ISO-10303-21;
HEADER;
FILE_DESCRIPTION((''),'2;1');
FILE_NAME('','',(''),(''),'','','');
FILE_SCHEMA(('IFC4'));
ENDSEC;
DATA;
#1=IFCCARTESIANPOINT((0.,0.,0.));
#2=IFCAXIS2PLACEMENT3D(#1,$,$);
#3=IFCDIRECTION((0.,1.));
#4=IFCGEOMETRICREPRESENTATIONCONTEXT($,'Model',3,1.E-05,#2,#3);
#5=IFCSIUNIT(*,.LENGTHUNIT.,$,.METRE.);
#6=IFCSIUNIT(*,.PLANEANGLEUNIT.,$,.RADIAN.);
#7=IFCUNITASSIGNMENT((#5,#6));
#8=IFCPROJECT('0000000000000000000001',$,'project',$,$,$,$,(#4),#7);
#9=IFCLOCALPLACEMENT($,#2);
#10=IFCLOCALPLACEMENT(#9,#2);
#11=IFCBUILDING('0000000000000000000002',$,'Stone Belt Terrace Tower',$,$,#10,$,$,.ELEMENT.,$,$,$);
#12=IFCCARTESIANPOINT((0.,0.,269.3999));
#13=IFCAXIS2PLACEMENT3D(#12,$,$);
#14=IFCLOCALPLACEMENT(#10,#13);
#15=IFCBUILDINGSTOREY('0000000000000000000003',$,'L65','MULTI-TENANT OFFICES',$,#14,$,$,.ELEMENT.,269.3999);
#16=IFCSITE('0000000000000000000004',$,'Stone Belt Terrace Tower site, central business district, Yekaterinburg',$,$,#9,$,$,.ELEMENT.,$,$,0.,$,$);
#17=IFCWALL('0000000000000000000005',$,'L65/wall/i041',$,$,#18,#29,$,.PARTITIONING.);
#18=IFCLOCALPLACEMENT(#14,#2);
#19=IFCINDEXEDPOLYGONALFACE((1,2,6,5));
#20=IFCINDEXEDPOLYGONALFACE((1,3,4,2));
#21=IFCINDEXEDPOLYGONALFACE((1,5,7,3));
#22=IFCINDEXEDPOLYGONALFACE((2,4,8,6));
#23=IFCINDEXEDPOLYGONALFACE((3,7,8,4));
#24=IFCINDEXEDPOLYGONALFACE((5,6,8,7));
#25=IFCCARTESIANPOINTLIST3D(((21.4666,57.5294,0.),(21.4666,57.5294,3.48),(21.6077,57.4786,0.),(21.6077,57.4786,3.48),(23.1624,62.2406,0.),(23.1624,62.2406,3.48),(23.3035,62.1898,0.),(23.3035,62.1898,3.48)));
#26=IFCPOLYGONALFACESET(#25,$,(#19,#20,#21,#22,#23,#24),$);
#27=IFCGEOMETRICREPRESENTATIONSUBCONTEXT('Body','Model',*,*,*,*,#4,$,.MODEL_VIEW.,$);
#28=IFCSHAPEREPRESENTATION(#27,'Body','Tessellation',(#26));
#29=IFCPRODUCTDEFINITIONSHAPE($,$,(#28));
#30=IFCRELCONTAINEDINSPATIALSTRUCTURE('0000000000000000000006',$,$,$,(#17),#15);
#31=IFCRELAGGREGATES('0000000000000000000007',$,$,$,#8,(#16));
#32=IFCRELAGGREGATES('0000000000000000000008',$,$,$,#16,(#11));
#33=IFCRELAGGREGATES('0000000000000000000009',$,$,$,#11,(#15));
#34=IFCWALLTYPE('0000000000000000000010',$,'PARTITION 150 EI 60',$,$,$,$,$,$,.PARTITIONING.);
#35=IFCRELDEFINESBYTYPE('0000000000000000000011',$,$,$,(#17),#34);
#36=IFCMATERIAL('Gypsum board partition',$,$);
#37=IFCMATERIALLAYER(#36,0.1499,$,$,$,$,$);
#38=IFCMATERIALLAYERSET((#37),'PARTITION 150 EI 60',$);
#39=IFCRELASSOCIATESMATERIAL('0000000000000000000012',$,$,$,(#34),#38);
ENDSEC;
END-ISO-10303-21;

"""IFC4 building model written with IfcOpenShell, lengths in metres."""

from ifc_helpers import new_model, si_unit, direction, frame, frame_2d, origin, place, context, subcontext, project, spatial, rectangle, extrude, material, layer, layer_set, type_object, element, save


model = new_model("IFC4")

# Units and contexts
model_context = context("Model", 3, precision=1e-05, world=origin(), true_north=direction((0.0, 1.0)))
body_context = subcontext(model_context, "Body", "Model", "MODEL_VIEW")
ifc_project = project(units=[si_unit("LENGTHUNIT", "METRE"), si_unit("PLANEANGLEUNIT", "RADIAN")], contexts=[model_context])

# Site, building, storey
site_placement = place(None, origin())
site = spatial("IfcSite", under=ifc_project, at=site_placement, Name="Stone Belt Terrace Tower site, central business district, Yekaterinburg", CompositionType="ELEMENT", RefElevation=0.0)
building_placement = place(site_placement, origin())
building = spatial("IfcBuilding", under=site, at=building_placement, Name="Stone Belt Terrace Tower", CompositionType="ELEMENT")
storey_placement = place(building_placement, frame((0.0, 0.0, 269.3999)))
storey = spatial("IfcBuildingStorey", under=building, at=storey_placement, Name="L65", Description="MULTI-TENANT OFFICES", CompositionType="ELEMENT", Elevation=269.3999)

# Shared definitions
ifc_material_1 = material(Name="Gypsum board partition")
ifc_layer_1 = layer(ifc_material_1, 0.1499)
ifc_layer_set_1 = layer_set([ifc_layer_1], Name="PARTITION 150 EI 60")
wall_type_1 = type_object("IfcWallType", Name="PARTITION 150 EI 60", PredefinedType="PARTITIONING", material=ifc_layer_set_1)

# Wall
wall_1_placement = place(storey_placement, frame((23.2329, 62.2151, 0.0), z_axis=(0.0, 0.0, 1.0), x_axis=(-0.33868, -0.940902, 0.0)))
element("IfcWall", 1, at=wall_1_placement, inside=storey, type_object=wall_type_1, Name="L65/wall/i041", PredefinedType="PARTITIONING", context=body_context, shape_type="SweptSolid", body=[
    extrude(rectangle(XDim=5.0071, YDim=0.1499, at=frame_2d((2.5034, 0.0))), origin(), (0.0, 0.0, 1.0), 3.48),
])

save(model, "model.ifc")
